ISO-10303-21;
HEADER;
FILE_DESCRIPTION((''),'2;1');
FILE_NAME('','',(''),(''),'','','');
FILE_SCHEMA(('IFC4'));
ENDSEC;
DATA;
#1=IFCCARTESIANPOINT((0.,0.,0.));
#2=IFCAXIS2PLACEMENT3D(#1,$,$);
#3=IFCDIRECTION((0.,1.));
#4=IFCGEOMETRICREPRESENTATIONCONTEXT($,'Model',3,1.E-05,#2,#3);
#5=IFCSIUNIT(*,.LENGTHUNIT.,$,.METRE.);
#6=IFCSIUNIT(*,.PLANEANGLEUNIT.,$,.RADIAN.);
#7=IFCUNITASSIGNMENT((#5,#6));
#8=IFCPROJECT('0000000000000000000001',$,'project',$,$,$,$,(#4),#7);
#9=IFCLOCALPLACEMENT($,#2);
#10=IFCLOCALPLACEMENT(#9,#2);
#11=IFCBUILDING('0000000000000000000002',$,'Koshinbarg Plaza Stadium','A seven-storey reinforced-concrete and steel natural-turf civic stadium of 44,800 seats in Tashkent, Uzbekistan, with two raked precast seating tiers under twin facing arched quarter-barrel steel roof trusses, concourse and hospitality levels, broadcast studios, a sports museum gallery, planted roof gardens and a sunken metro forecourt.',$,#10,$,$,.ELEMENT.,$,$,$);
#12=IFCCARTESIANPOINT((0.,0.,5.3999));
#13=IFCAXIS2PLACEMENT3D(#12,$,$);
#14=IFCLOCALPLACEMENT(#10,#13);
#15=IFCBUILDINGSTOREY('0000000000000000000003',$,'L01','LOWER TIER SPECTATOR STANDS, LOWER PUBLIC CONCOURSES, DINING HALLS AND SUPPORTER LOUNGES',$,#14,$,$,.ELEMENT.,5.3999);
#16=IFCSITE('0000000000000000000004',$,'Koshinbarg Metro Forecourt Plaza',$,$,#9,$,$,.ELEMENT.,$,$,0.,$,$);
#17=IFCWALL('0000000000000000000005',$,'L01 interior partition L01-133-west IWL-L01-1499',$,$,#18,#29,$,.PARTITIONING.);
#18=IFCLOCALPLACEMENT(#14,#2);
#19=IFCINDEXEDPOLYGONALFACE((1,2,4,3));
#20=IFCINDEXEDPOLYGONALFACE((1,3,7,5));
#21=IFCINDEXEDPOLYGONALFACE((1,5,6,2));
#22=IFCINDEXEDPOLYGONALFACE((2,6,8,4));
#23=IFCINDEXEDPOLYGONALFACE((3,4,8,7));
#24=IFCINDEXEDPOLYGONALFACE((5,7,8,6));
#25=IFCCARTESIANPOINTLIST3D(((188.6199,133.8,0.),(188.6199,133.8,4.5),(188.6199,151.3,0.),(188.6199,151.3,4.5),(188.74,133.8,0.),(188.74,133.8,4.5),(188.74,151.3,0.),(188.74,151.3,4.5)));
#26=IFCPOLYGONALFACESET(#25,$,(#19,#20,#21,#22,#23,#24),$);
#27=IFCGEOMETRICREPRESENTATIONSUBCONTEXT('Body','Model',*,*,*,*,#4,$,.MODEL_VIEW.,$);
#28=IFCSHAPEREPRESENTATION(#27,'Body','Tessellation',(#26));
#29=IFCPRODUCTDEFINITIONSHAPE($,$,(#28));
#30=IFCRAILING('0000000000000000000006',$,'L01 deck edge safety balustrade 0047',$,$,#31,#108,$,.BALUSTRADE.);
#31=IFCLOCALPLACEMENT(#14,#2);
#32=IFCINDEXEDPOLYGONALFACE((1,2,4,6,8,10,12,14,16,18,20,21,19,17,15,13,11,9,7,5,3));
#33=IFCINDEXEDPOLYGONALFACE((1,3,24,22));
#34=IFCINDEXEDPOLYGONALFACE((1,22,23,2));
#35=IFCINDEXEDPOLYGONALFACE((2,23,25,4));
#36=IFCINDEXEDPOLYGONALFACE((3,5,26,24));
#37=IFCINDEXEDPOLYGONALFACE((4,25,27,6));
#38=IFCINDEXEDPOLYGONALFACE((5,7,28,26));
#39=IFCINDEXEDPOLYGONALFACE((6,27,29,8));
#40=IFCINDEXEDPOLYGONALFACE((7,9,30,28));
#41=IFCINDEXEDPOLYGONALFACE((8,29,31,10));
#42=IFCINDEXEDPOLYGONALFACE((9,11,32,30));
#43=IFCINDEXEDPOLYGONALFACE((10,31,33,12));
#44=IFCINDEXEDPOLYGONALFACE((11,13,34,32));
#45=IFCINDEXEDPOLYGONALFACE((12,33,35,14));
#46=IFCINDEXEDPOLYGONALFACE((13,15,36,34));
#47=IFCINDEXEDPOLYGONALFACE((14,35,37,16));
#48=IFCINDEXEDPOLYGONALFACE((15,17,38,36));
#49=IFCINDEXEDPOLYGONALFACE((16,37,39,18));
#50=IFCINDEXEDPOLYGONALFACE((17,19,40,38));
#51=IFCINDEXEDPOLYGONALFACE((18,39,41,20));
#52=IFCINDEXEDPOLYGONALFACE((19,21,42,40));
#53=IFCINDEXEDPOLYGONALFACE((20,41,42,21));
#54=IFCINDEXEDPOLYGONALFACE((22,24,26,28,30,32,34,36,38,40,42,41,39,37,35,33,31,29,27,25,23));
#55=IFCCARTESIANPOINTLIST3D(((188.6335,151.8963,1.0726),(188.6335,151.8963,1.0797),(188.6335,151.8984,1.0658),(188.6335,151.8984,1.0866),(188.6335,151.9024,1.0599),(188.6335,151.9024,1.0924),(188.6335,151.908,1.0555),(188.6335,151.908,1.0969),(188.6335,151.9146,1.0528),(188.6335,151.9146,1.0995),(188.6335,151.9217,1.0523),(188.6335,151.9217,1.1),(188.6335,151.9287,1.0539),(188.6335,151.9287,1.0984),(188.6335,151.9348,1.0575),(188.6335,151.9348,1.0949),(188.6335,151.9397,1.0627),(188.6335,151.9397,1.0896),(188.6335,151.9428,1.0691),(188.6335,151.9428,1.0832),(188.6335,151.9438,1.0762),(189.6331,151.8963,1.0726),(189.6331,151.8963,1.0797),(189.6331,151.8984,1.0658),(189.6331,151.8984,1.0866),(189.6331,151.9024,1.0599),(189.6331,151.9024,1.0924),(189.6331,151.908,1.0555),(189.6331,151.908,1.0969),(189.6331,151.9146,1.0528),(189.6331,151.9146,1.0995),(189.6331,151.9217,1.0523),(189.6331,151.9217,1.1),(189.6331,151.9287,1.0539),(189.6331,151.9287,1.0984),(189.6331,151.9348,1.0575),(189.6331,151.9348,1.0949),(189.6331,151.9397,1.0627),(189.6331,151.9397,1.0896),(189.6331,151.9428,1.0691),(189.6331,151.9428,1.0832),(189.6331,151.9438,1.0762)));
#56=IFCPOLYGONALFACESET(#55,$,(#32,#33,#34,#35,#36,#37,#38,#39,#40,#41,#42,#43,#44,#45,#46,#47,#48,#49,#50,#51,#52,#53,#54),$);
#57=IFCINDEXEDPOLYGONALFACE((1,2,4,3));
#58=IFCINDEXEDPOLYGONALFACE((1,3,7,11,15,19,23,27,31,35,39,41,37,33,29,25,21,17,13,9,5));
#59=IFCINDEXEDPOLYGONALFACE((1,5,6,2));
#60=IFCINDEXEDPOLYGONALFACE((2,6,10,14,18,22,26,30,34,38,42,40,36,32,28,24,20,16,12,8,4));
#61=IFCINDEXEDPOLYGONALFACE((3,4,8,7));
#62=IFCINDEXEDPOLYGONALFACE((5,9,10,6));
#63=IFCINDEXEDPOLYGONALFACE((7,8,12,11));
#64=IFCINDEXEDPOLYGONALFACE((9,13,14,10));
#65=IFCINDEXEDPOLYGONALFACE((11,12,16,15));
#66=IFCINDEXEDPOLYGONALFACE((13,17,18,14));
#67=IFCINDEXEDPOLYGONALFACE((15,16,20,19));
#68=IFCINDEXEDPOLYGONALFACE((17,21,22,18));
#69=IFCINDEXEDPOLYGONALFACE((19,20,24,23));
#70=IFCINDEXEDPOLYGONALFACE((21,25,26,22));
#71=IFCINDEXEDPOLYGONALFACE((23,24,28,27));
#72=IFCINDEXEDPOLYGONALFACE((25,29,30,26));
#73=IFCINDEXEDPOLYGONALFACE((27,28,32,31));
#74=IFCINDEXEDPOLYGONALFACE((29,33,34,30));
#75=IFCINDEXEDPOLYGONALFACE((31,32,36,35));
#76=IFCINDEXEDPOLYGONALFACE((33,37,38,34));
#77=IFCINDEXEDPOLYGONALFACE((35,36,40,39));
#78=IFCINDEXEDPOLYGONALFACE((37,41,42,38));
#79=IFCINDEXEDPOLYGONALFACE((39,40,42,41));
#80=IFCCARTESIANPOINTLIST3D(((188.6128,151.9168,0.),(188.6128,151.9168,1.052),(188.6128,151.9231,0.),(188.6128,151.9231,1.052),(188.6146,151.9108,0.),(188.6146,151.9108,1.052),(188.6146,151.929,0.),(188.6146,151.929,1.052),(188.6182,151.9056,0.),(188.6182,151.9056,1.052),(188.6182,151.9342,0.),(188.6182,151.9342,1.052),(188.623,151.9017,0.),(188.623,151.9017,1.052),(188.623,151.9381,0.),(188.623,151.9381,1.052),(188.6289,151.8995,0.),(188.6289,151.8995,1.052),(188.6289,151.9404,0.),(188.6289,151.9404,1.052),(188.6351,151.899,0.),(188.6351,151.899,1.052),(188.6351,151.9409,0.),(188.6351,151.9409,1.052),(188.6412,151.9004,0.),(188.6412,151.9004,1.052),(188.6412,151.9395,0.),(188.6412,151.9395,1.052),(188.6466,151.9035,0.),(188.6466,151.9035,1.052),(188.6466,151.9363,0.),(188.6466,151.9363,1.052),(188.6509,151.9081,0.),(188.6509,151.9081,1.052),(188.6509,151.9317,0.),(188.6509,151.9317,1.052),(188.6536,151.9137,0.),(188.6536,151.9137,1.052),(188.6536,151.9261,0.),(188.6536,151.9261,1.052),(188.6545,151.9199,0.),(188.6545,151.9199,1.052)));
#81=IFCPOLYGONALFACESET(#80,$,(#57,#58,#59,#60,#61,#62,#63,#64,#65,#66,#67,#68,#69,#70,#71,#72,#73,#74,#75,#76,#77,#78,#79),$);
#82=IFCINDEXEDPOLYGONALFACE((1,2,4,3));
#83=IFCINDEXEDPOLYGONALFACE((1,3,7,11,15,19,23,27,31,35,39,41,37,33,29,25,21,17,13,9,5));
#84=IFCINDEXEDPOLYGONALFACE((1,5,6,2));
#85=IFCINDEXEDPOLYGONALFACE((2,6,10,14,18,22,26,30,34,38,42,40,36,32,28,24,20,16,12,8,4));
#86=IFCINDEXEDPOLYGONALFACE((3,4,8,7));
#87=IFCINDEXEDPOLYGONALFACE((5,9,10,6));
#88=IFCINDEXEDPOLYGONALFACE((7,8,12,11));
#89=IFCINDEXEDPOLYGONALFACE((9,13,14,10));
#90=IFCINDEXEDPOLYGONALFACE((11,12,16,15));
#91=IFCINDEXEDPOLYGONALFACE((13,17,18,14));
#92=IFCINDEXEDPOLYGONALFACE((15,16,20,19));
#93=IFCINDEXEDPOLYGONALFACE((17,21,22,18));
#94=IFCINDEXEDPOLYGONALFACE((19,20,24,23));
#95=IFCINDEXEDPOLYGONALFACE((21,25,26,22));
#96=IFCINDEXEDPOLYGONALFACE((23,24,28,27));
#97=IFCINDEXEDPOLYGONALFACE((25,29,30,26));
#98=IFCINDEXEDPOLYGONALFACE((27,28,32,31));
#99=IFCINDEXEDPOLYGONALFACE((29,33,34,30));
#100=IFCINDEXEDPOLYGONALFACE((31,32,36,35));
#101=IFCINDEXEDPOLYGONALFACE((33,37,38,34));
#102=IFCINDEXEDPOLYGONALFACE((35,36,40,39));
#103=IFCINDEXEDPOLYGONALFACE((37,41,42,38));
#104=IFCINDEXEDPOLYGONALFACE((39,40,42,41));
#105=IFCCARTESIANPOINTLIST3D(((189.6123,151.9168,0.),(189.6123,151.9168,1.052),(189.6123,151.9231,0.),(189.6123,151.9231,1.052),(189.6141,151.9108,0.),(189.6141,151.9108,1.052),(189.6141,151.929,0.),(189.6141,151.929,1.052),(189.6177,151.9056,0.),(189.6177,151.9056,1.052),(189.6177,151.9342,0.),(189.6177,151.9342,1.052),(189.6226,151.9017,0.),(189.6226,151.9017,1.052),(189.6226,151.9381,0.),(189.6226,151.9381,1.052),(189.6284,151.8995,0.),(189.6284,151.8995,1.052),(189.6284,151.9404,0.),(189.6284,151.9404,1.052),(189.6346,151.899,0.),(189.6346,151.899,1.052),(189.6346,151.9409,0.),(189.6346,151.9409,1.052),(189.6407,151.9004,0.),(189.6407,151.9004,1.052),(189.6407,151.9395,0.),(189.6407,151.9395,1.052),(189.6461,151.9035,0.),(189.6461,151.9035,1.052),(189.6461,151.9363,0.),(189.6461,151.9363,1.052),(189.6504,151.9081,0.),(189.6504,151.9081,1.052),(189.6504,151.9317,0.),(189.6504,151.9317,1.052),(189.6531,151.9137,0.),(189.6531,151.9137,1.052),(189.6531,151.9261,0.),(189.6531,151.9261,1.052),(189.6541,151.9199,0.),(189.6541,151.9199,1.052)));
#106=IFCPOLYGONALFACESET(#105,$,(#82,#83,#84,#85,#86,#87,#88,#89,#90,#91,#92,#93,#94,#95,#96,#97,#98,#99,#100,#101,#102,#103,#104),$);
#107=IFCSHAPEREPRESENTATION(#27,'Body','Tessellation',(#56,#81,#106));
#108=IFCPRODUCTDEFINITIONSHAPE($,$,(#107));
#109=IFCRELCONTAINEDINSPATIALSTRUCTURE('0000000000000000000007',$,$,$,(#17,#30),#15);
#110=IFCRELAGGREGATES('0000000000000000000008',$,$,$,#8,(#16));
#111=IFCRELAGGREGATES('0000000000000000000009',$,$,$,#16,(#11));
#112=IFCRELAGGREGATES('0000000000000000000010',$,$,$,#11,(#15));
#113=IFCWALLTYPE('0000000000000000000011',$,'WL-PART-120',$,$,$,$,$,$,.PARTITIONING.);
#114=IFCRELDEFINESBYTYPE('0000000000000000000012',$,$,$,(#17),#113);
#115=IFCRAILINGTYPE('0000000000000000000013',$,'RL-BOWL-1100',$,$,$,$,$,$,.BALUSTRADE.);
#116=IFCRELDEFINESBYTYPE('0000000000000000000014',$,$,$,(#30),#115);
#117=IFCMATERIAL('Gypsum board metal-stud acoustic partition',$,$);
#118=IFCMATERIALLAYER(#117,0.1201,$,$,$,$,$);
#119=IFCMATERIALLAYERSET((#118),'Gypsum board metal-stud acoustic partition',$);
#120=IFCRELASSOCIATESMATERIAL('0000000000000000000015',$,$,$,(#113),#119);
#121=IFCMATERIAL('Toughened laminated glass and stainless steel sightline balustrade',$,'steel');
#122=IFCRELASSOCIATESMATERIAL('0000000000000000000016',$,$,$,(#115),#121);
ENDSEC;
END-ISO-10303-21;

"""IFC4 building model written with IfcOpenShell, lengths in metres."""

from ifc_helpers import new_model, si_unit, direction, frame, frame_2d, origin, origin_2d, place, context, subcontext, project, spatial, rectangle, circle, extrude, material, layer, layer_set, type_object, element, save


model = new_model("IFC4")

# Units and contexts
model_context = context("Model", 3, precision=1e-05, world=origin(), true_north=direction((0.0, 1.0)))
body_context = subcontext(model_context, "Body", "Model", "MODEL_VIEW")
ifc_project = project(units=[si_unit("LENGTHUNIT", "METRE"), si_unit("PLANEANGLEUNIT", "RADIAN")], contexts=[model_context])

# Site, building, storey
site_placement = place(None, origin())
site = spatial("IfcSite", under=ifc_project, at=site_placement, Name="Koshinbarg Metro Forecourt Plaza", CompositionType="ELEMENT", RefElevation=0.0)
building_placement = place(site_placement, origin())
building = spatial("IfcBuilding", under=site, at=building_placement, Name="Koshinbarg Plaza Stadium", Description="A seven-storey reinforced-concrete and steel natural-turf civic stadium of 44,800 seats in Tashkent, Uzbekistan, with two raked precast seating tiers under twin facing arched quarter-barrel steel roof trusses, concourse and hospitality levels, broadcast studios, a sports museum gallery, planted roof gardens and a sunken metro forecourt.", CompositionType="ELEMENT")
storey_placement = place(building_placement, frame((0.0, 0.0, 5.3999)))
storey = spatial("IfcBuildingStorey", under=building, at=storey_placement, Name="L01", Description="LOWER TIER SPECTATOR STANDS, LOWER PUBLIC CONCOURSES, DINING HALLS AND SUPPORTER LOUNGES", CompositionType="ELEMENT", Elevation=5.3999)

# Shared definitions
ifc_material_1 = material(Name="Gypsum board metal-stud acoustic partition")
ifc_layer_1 = layer(ifc_material_1, 0.1201)
ifc_layer_set_1 = layer_set([ifc_layer_1], Name="Gypsum board metal-stud acoustic partition")
wall_type_1 = type_object("IfcWallType", Name="WL-PART-120", PredefinedType="PARTITIONING", material=ifc_layer_set_1)

# Wall
wall_1_placement = place(storey_placement, frame((188.6799, 151.3, 0.0), z_axis=(0.0, 0.0, 1.0), x_axis=(0.0, -1.0, 0.0)))
element("IfcWall", 1, at=wall_1_placement, inside=storey, type_object=wall_type_1, Name="L01 interior partition L01-133-west IWL-L01-1499", PredefinedType="PARTITIONING", context=body_context, shape_type="SweptSolid", body=[
    extrude(rectangle(XDim=17.5, YDim=0.1201, at=frame_2d((8.75, 0.0))), origin(), (0.0, 0.0, 1.0), 4.5),
])

# Railing
ifc_material_2 = material(Name="Toughened laminated glass and stainless steel sightline balustrade", Category="steel")
railing_type = type_object("IfcRailingType", Name="RL-BOWL-1100", PredefinedType="BALUSTRADE", material=ifc_material_2)
railing_placement = place(storey_placement, frame((188.6335, 151.9199, 0.0)))
element("IfcRailing", 2, at=railing_placement, inside=storey, type_object=railing_type, Name="L01 deck edge safety balustrade 0047", PredefinedType="BALUSTRADE", context=body_context, shape_type="SweptSolid", body=[
    extrude(circle(Radius=0.0239, at=origin_2d()), frame((0.0, 0.0, 1.0762), z_axis=(1.0, 0.0, 0.0), x_axis=(0.0, 1.0, 0.0)), (0.0, 0.0, 1.0), 0.9995),
    extrude(circle(Radius=0.021, at=origin_2d()), origin(), (0.0, 0.0, 1.0), 1.052),
    extrude(circle(Radius=0.021, at=origin_2d()), frame((0.9995, 0.0, 0.0)), (0.0, 0.0, 1.0), 1.052),
])

save(model, "model.ifc")
